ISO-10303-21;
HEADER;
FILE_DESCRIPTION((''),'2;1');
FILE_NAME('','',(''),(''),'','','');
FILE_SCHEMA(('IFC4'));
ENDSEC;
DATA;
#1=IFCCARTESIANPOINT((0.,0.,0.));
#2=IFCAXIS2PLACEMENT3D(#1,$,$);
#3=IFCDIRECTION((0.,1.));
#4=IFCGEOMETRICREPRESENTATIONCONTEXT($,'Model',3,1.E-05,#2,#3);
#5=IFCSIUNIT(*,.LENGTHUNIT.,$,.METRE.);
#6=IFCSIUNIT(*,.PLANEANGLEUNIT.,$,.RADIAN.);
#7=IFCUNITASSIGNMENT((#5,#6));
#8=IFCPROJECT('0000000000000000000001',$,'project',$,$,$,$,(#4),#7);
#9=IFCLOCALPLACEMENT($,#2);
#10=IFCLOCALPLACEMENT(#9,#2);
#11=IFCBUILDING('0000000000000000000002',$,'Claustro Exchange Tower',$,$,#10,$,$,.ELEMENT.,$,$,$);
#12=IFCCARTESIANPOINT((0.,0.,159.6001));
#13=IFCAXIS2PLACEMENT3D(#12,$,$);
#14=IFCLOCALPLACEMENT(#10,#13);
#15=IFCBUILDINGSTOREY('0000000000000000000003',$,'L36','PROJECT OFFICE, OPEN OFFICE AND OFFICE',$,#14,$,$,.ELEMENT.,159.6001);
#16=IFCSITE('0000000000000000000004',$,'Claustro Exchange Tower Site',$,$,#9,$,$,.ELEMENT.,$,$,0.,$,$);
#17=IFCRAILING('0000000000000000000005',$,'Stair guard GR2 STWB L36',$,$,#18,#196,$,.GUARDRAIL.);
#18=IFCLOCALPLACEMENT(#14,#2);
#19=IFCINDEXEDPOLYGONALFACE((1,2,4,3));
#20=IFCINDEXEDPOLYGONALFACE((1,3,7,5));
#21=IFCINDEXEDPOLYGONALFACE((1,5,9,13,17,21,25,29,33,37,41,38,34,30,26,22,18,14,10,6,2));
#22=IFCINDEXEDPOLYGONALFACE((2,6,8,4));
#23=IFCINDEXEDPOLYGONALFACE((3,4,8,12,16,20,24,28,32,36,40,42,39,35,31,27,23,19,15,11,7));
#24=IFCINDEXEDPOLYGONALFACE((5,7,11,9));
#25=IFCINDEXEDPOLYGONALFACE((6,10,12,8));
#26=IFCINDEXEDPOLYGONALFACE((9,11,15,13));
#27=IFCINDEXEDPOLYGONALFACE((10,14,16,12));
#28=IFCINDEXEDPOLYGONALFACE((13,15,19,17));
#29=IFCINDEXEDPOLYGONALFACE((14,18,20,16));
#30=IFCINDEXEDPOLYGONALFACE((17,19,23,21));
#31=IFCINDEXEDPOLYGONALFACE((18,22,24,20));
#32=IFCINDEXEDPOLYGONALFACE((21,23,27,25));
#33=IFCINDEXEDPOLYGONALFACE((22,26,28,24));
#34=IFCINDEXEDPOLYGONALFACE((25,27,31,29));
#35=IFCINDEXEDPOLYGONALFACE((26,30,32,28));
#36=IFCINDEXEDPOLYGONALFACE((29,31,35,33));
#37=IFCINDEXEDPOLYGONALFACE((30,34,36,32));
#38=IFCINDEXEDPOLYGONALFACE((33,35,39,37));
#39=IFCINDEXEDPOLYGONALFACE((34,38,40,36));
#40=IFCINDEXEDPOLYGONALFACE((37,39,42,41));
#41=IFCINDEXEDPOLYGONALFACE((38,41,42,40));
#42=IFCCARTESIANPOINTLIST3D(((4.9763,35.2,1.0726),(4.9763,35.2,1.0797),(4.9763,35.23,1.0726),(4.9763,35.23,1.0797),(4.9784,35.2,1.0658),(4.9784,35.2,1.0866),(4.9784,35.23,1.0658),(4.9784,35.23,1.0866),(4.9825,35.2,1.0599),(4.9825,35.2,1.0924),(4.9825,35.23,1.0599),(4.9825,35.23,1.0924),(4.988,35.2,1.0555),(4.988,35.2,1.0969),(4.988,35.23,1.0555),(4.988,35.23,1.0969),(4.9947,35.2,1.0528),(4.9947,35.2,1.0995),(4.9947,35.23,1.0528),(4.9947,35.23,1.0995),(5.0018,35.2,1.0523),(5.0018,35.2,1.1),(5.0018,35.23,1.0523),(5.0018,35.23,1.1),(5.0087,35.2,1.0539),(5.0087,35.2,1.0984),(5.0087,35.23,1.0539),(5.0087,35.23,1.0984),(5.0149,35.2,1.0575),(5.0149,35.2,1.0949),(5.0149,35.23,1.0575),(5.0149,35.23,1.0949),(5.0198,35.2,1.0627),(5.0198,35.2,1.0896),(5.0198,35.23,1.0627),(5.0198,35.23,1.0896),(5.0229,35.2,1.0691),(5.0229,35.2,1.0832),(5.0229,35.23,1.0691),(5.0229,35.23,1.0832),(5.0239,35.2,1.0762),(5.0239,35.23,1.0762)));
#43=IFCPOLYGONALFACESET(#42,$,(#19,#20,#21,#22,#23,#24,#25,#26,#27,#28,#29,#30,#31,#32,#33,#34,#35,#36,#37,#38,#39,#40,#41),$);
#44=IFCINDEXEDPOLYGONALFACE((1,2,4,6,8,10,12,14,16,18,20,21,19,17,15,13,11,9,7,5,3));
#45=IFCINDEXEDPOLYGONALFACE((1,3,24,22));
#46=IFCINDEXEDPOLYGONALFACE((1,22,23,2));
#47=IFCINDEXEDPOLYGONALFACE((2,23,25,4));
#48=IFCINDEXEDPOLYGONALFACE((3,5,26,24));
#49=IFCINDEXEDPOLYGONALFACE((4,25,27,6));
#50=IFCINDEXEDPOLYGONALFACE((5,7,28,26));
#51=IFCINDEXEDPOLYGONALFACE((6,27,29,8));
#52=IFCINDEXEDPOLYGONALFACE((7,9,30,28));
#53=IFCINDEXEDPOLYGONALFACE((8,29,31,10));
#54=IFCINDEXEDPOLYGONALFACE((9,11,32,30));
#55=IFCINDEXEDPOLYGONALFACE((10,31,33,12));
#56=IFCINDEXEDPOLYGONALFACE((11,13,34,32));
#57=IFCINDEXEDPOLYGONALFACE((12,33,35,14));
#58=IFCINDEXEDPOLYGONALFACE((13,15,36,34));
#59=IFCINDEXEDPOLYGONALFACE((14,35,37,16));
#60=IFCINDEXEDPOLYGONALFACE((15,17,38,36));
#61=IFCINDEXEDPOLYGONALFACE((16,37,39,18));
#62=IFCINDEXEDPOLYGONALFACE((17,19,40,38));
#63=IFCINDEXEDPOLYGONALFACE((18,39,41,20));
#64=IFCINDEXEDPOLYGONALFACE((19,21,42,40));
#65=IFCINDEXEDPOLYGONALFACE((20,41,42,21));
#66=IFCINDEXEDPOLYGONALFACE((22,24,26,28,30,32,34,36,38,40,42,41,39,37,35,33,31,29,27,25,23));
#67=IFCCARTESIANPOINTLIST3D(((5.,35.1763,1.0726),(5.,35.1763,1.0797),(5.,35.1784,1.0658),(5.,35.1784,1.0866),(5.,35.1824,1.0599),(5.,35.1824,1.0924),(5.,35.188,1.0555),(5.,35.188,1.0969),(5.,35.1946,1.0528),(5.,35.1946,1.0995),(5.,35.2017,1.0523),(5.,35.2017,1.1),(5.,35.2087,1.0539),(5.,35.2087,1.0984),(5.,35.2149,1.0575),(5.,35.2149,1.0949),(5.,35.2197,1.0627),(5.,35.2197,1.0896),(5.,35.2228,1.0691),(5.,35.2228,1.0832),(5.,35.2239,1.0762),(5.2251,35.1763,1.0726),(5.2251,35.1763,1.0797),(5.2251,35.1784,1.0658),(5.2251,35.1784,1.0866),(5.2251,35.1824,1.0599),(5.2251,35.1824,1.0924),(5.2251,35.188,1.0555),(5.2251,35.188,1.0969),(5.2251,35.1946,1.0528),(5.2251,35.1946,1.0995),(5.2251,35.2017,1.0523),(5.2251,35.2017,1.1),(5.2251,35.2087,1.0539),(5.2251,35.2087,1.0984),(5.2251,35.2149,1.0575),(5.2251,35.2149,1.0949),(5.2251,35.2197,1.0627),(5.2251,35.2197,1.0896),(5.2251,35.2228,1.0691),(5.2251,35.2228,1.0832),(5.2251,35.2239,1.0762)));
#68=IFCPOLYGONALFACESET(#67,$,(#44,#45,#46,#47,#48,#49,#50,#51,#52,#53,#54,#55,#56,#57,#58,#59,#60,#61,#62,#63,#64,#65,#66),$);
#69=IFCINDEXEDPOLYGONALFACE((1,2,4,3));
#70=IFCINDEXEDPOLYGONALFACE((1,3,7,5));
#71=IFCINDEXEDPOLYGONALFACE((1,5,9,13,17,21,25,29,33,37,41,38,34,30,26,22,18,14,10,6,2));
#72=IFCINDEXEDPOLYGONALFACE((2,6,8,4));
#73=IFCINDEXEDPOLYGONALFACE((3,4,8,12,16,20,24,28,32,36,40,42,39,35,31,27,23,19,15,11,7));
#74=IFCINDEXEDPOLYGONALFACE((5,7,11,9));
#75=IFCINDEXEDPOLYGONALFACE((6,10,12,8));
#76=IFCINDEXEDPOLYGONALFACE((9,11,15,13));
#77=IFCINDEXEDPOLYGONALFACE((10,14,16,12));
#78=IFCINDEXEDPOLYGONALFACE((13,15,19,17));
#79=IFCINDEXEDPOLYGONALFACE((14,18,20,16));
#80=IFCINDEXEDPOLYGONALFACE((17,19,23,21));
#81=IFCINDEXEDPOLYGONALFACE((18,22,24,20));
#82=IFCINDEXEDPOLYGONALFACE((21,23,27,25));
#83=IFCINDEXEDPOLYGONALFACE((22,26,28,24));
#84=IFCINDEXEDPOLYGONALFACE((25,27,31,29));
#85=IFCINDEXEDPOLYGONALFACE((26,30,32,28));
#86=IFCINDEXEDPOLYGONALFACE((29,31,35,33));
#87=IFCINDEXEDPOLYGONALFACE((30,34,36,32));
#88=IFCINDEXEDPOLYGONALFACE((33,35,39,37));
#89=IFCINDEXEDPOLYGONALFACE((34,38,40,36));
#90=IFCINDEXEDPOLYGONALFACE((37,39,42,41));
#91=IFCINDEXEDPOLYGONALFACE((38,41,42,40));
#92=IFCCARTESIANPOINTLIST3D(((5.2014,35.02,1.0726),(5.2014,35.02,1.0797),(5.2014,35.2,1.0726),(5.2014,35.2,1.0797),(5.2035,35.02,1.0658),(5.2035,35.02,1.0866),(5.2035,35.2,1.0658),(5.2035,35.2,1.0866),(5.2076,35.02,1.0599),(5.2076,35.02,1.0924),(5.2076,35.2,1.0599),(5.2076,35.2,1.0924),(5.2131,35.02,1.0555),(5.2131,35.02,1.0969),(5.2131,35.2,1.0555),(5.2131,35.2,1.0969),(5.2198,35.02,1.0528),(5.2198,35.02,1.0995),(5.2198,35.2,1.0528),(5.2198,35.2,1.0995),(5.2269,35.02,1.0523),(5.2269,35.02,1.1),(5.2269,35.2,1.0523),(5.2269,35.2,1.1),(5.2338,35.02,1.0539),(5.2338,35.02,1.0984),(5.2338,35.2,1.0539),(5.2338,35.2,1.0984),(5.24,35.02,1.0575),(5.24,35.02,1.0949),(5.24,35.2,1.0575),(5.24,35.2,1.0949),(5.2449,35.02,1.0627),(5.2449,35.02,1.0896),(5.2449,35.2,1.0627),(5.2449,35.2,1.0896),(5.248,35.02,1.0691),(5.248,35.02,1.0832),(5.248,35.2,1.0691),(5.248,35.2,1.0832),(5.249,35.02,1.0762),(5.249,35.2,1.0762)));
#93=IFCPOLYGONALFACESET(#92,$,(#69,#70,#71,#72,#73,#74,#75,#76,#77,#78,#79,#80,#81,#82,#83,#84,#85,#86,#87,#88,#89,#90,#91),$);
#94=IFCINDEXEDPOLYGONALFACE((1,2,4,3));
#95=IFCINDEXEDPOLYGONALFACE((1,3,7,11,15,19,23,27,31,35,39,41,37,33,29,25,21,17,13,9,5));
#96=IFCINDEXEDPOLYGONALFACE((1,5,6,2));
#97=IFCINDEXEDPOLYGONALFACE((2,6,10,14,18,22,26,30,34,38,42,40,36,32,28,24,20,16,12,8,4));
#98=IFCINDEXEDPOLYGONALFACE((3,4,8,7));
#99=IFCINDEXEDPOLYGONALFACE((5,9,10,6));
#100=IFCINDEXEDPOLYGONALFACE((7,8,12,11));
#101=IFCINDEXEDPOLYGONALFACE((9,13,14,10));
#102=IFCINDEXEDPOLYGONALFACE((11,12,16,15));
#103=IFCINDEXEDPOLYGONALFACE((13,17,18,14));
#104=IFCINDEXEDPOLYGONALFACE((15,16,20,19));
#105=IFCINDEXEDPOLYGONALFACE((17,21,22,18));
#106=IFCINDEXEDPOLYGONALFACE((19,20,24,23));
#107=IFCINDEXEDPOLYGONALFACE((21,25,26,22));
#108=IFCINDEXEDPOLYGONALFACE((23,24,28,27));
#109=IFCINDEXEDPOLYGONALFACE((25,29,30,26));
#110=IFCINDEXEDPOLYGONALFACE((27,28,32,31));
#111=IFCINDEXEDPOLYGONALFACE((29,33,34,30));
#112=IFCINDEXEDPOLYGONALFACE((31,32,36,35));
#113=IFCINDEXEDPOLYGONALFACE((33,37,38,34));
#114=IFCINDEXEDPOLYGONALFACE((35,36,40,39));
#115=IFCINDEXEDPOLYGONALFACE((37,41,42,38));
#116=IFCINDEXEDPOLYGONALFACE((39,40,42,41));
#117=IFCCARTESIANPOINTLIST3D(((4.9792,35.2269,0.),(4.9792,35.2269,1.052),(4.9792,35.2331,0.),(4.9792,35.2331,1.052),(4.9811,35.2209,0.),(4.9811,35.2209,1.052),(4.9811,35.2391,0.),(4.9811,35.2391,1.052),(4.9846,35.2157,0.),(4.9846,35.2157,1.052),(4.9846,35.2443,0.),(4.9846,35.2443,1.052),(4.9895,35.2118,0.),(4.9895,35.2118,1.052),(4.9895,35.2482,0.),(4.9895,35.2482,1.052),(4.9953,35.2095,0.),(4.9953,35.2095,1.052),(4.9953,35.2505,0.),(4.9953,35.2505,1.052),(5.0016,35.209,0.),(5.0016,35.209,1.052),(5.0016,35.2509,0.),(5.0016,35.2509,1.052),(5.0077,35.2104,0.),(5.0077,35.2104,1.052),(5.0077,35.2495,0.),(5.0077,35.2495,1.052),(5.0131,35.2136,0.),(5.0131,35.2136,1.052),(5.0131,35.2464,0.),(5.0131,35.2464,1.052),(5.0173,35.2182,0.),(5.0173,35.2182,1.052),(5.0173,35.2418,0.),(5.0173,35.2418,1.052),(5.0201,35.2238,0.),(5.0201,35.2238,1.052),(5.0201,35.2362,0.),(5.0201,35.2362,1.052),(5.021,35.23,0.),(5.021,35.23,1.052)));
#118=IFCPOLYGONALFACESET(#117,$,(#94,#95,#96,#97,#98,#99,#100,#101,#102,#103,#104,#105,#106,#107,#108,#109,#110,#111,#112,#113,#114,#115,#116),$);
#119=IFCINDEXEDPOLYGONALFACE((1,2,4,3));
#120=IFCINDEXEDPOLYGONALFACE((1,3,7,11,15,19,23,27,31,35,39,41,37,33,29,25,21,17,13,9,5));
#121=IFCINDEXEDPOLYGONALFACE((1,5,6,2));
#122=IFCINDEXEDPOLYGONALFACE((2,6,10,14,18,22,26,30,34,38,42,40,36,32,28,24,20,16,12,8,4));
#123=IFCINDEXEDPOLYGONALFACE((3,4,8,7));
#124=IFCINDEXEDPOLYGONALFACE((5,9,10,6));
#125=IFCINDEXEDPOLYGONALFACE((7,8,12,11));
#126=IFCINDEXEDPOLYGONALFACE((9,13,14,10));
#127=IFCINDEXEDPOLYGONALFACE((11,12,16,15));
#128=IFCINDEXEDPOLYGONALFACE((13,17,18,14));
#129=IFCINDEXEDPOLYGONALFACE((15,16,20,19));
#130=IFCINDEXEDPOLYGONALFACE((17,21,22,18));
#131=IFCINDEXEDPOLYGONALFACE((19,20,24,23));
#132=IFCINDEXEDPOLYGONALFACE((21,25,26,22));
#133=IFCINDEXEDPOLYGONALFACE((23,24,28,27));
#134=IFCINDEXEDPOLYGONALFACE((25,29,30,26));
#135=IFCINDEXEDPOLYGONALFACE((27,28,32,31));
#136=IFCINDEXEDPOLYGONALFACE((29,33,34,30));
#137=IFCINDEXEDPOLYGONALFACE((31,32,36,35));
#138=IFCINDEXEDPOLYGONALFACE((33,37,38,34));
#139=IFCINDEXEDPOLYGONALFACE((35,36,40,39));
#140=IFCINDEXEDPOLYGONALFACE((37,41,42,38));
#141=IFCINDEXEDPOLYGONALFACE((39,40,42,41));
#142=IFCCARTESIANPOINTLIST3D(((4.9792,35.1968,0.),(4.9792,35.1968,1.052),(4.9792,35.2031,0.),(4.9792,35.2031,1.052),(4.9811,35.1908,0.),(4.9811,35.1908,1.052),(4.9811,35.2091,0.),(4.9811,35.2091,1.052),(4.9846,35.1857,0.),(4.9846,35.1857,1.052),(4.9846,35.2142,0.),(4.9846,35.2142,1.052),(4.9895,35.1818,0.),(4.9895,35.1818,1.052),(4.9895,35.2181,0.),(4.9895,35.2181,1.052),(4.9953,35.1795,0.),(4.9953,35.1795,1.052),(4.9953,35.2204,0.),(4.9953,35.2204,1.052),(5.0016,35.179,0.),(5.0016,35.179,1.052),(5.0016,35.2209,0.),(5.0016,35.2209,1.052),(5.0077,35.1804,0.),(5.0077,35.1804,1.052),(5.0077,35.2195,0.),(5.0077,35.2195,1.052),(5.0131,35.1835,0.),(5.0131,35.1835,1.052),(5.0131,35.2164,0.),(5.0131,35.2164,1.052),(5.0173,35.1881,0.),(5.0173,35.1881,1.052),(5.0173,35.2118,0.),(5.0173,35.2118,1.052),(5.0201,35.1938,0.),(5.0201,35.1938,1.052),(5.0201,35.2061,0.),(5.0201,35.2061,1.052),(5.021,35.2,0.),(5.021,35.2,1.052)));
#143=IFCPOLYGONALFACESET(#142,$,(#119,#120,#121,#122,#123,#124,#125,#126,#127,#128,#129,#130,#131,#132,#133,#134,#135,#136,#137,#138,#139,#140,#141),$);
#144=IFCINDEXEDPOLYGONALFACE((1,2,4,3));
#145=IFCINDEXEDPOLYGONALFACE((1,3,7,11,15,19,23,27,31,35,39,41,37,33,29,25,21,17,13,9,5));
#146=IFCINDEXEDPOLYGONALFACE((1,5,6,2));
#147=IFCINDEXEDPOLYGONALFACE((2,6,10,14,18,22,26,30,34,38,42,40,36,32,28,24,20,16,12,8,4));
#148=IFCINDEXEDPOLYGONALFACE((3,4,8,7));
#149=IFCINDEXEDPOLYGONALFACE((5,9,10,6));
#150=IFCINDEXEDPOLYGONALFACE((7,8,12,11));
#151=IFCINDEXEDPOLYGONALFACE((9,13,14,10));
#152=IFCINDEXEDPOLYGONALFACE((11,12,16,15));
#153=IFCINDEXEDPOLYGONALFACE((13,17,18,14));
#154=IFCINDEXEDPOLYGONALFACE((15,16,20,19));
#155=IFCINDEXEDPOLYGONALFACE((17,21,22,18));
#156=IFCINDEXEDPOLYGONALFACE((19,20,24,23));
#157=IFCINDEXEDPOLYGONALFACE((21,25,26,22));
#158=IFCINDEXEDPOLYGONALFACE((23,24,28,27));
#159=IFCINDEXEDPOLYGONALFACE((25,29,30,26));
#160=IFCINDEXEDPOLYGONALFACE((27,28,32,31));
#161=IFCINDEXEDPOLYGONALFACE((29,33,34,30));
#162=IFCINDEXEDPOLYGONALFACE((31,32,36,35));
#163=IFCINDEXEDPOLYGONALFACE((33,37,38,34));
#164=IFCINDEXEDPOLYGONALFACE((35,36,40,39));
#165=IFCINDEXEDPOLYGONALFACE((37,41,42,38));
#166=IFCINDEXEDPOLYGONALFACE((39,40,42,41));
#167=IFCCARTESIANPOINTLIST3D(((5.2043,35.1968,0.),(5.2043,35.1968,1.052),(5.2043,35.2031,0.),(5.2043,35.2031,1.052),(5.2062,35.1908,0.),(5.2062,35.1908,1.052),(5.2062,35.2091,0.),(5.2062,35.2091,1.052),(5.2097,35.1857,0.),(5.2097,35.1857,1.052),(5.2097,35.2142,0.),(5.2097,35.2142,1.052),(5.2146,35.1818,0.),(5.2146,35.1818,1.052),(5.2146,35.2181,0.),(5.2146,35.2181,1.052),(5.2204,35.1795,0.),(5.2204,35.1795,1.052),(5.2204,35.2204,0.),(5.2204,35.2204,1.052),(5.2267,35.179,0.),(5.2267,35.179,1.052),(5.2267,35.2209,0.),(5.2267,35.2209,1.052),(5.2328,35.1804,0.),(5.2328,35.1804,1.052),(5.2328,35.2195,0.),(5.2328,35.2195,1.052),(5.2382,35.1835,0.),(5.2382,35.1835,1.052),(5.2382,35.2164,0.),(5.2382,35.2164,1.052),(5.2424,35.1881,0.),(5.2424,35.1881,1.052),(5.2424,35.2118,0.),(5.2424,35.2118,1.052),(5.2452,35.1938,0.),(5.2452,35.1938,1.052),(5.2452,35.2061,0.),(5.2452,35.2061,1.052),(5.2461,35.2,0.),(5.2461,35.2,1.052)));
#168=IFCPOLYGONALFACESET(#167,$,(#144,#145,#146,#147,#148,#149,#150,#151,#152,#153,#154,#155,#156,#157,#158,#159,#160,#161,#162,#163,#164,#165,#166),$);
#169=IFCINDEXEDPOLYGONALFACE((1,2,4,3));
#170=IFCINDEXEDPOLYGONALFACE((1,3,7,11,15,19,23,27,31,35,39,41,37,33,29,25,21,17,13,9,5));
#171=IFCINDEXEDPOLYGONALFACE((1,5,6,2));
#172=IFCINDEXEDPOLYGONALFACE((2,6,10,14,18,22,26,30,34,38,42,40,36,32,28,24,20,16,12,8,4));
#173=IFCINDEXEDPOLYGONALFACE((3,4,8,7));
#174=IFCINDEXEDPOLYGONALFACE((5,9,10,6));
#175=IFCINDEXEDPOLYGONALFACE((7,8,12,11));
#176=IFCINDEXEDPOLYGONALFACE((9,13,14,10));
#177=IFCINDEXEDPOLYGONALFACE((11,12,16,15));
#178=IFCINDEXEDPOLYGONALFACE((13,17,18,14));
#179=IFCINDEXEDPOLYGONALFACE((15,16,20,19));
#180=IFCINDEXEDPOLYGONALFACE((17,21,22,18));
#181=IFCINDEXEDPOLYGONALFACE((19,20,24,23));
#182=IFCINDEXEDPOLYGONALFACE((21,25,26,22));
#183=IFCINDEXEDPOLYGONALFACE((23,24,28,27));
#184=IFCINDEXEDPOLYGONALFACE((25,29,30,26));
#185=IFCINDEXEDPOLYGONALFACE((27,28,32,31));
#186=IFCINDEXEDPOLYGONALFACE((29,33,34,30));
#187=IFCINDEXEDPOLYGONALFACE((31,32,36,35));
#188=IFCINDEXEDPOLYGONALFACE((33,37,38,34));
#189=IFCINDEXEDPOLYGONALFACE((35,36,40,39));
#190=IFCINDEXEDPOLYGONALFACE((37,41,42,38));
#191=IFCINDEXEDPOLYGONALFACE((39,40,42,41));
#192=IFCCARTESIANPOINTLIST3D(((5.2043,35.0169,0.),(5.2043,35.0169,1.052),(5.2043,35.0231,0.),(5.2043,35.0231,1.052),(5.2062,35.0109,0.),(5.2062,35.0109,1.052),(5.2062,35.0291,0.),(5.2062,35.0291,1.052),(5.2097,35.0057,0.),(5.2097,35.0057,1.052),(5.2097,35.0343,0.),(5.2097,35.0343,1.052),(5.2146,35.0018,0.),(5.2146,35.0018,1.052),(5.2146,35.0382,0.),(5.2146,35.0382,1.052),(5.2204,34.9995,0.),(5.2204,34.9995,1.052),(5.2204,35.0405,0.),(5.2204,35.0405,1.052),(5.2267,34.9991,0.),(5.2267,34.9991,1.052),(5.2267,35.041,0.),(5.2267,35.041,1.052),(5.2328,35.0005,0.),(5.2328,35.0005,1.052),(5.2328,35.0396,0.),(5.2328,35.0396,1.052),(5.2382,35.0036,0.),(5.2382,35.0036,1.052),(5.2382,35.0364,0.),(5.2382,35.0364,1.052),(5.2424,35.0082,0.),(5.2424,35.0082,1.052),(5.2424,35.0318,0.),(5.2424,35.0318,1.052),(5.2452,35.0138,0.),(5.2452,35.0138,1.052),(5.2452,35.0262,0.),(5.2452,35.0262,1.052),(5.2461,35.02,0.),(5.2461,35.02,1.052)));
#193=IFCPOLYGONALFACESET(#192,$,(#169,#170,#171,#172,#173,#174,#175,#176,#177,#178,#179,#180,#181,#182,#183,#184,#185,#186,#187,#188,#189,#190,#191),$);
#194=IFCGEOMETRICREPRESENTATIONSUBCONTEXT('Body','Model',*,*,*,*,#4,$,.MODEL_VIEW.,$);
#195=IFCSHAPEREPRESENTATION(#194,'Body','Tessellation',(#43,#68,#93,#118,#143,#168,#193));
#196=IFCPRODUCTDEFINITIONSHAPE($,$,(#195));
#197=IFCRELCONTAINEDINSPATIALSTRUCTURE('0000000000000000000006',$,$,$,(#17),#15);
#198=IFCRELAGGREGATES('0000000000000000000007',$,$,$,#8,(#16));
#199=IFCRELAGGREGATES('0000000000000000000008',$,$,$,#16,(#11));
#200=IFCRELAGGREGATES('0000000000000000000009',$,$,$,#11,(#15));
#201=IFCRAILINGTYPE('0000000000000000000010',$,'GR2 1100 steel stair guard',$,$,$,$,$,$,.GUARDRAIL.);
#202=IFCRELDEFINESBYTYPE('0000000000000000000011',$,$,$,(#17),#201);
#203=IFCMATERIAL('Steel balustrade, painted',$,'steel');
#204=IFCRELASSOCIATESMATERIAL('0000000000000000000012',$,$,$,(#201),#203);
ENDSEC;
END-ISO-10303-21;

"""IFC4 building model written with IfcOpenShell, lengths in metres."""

from ifc_helpers import new_model, si_unit, direction, frame, origin, origin_2d, place, context, subcontext, project, spatial, circle, extrude, material, type_object, element, save


model = new_model("IFC4")

# Units and contexts
model_context = context("Model", 3, precision=1e-05, world=origin(), true_north=direction((0.0, 1.0)))
body_context = subcontext(model_context, "Body", "Model", "MODEL_VIEW")
ifc_project = project(units=[si_unit("LENGTHUNIT", "METRE"), si_unit("PLANEANGLEUNIT", "RADIAN")], contexts=[model_context])

# Site, building, storey
site_placement = place(None, origin())
site = spatial("IfcSite", under=ifc_project, at=site_placement, Name="Claustro Exchange Tower Site", CompositionType="ELEMENT", RefElevation=0.0)
building_placement = place(site_placement, origin())
building = spatial("IfcBuilding", under=site, at=building_placement, Name="Claustro Exchange Tower", CompositionType="ELEMENT")
storey_placement = place(building_placement, frame((0.0, 0.0, 159.6001)))
storey = spatial("IfcBuildingStorey", under=building, at=storey_placement, Name="L36", Description="PROJECT OFFICE, OPEN OFFICE AND OFFICE", CompositionType="ELEMENT", Elevation=159.6001)

# Railing
ifc_material_1 = material(Name="Steel balustrade, painted", Category="steel")
railing_type_1 = type_object("IfcRailingType", Name="GR2 1100 steel stair guard", PredefinedType="GUARDRAIL", material=ifc_material_1)
railing_1_placement = place(storey_placement, frame((5.0, 35.23, 0.0)))
element("IfcRailing", 1, at=railing_1_placement, inside=storey, type_object=railing_type_1, Name="Stair guard GR2 STWB L36", PredefinedType="GUARDRAIL", context=body_context, shape_type="SweptSolid", body=[
    extrude(circle(Radius=0.0239, at=origin_2d()), frame((0.0, 0.0, 1.0762), z_axis=(0.0, -1.0, 0.0), x_axis=(1.0, 0.0, 0.0)), (0.0, 0.0, 1.0), 0.03),
    extrude(circle(Radius=0.0239, at=origin_2d()), frame((0.0, -0.03, 1.0762), z_axis=(1.0, 0.0, 0.0), x_axis=(0.0, 1.0, 0.0)), (0.0, 0.0, 1.0), 0.2251),
    extrude(circle(Radius=0.0239, at=origin_2d()), frame((0.2251, -0.03, 1.0762), z_axis=(0.0, -1.0, 0.0), x_axis=(1.0, 0.0, 0.0)), (0.0, 0.0, 1.0), 0.1799),
    extrude(circle(Radius=0.021, at=origin_2d()), origin(), (0.0, 0.0, 1.0), 1.052),
    extrude(circle(Radius=0.021, at=origin_2d()), frame((0.0, -0.03, 0.0)), (0.0, 0.0, 1.0), 1.052),
    extrude(circle(Radius=0.021, at=origin_2d()), frame((0.2251, -0.03, 0.0)), (0.0, 0.0, 1.0), 1.052),
    extrude(circle(Radius=0.021, at=origin_2d()), frame((0.2251, -0.21, 0.0)), (0.0, 0.0, 1.0), 1.052),
])

save(model, "model.ifc")
